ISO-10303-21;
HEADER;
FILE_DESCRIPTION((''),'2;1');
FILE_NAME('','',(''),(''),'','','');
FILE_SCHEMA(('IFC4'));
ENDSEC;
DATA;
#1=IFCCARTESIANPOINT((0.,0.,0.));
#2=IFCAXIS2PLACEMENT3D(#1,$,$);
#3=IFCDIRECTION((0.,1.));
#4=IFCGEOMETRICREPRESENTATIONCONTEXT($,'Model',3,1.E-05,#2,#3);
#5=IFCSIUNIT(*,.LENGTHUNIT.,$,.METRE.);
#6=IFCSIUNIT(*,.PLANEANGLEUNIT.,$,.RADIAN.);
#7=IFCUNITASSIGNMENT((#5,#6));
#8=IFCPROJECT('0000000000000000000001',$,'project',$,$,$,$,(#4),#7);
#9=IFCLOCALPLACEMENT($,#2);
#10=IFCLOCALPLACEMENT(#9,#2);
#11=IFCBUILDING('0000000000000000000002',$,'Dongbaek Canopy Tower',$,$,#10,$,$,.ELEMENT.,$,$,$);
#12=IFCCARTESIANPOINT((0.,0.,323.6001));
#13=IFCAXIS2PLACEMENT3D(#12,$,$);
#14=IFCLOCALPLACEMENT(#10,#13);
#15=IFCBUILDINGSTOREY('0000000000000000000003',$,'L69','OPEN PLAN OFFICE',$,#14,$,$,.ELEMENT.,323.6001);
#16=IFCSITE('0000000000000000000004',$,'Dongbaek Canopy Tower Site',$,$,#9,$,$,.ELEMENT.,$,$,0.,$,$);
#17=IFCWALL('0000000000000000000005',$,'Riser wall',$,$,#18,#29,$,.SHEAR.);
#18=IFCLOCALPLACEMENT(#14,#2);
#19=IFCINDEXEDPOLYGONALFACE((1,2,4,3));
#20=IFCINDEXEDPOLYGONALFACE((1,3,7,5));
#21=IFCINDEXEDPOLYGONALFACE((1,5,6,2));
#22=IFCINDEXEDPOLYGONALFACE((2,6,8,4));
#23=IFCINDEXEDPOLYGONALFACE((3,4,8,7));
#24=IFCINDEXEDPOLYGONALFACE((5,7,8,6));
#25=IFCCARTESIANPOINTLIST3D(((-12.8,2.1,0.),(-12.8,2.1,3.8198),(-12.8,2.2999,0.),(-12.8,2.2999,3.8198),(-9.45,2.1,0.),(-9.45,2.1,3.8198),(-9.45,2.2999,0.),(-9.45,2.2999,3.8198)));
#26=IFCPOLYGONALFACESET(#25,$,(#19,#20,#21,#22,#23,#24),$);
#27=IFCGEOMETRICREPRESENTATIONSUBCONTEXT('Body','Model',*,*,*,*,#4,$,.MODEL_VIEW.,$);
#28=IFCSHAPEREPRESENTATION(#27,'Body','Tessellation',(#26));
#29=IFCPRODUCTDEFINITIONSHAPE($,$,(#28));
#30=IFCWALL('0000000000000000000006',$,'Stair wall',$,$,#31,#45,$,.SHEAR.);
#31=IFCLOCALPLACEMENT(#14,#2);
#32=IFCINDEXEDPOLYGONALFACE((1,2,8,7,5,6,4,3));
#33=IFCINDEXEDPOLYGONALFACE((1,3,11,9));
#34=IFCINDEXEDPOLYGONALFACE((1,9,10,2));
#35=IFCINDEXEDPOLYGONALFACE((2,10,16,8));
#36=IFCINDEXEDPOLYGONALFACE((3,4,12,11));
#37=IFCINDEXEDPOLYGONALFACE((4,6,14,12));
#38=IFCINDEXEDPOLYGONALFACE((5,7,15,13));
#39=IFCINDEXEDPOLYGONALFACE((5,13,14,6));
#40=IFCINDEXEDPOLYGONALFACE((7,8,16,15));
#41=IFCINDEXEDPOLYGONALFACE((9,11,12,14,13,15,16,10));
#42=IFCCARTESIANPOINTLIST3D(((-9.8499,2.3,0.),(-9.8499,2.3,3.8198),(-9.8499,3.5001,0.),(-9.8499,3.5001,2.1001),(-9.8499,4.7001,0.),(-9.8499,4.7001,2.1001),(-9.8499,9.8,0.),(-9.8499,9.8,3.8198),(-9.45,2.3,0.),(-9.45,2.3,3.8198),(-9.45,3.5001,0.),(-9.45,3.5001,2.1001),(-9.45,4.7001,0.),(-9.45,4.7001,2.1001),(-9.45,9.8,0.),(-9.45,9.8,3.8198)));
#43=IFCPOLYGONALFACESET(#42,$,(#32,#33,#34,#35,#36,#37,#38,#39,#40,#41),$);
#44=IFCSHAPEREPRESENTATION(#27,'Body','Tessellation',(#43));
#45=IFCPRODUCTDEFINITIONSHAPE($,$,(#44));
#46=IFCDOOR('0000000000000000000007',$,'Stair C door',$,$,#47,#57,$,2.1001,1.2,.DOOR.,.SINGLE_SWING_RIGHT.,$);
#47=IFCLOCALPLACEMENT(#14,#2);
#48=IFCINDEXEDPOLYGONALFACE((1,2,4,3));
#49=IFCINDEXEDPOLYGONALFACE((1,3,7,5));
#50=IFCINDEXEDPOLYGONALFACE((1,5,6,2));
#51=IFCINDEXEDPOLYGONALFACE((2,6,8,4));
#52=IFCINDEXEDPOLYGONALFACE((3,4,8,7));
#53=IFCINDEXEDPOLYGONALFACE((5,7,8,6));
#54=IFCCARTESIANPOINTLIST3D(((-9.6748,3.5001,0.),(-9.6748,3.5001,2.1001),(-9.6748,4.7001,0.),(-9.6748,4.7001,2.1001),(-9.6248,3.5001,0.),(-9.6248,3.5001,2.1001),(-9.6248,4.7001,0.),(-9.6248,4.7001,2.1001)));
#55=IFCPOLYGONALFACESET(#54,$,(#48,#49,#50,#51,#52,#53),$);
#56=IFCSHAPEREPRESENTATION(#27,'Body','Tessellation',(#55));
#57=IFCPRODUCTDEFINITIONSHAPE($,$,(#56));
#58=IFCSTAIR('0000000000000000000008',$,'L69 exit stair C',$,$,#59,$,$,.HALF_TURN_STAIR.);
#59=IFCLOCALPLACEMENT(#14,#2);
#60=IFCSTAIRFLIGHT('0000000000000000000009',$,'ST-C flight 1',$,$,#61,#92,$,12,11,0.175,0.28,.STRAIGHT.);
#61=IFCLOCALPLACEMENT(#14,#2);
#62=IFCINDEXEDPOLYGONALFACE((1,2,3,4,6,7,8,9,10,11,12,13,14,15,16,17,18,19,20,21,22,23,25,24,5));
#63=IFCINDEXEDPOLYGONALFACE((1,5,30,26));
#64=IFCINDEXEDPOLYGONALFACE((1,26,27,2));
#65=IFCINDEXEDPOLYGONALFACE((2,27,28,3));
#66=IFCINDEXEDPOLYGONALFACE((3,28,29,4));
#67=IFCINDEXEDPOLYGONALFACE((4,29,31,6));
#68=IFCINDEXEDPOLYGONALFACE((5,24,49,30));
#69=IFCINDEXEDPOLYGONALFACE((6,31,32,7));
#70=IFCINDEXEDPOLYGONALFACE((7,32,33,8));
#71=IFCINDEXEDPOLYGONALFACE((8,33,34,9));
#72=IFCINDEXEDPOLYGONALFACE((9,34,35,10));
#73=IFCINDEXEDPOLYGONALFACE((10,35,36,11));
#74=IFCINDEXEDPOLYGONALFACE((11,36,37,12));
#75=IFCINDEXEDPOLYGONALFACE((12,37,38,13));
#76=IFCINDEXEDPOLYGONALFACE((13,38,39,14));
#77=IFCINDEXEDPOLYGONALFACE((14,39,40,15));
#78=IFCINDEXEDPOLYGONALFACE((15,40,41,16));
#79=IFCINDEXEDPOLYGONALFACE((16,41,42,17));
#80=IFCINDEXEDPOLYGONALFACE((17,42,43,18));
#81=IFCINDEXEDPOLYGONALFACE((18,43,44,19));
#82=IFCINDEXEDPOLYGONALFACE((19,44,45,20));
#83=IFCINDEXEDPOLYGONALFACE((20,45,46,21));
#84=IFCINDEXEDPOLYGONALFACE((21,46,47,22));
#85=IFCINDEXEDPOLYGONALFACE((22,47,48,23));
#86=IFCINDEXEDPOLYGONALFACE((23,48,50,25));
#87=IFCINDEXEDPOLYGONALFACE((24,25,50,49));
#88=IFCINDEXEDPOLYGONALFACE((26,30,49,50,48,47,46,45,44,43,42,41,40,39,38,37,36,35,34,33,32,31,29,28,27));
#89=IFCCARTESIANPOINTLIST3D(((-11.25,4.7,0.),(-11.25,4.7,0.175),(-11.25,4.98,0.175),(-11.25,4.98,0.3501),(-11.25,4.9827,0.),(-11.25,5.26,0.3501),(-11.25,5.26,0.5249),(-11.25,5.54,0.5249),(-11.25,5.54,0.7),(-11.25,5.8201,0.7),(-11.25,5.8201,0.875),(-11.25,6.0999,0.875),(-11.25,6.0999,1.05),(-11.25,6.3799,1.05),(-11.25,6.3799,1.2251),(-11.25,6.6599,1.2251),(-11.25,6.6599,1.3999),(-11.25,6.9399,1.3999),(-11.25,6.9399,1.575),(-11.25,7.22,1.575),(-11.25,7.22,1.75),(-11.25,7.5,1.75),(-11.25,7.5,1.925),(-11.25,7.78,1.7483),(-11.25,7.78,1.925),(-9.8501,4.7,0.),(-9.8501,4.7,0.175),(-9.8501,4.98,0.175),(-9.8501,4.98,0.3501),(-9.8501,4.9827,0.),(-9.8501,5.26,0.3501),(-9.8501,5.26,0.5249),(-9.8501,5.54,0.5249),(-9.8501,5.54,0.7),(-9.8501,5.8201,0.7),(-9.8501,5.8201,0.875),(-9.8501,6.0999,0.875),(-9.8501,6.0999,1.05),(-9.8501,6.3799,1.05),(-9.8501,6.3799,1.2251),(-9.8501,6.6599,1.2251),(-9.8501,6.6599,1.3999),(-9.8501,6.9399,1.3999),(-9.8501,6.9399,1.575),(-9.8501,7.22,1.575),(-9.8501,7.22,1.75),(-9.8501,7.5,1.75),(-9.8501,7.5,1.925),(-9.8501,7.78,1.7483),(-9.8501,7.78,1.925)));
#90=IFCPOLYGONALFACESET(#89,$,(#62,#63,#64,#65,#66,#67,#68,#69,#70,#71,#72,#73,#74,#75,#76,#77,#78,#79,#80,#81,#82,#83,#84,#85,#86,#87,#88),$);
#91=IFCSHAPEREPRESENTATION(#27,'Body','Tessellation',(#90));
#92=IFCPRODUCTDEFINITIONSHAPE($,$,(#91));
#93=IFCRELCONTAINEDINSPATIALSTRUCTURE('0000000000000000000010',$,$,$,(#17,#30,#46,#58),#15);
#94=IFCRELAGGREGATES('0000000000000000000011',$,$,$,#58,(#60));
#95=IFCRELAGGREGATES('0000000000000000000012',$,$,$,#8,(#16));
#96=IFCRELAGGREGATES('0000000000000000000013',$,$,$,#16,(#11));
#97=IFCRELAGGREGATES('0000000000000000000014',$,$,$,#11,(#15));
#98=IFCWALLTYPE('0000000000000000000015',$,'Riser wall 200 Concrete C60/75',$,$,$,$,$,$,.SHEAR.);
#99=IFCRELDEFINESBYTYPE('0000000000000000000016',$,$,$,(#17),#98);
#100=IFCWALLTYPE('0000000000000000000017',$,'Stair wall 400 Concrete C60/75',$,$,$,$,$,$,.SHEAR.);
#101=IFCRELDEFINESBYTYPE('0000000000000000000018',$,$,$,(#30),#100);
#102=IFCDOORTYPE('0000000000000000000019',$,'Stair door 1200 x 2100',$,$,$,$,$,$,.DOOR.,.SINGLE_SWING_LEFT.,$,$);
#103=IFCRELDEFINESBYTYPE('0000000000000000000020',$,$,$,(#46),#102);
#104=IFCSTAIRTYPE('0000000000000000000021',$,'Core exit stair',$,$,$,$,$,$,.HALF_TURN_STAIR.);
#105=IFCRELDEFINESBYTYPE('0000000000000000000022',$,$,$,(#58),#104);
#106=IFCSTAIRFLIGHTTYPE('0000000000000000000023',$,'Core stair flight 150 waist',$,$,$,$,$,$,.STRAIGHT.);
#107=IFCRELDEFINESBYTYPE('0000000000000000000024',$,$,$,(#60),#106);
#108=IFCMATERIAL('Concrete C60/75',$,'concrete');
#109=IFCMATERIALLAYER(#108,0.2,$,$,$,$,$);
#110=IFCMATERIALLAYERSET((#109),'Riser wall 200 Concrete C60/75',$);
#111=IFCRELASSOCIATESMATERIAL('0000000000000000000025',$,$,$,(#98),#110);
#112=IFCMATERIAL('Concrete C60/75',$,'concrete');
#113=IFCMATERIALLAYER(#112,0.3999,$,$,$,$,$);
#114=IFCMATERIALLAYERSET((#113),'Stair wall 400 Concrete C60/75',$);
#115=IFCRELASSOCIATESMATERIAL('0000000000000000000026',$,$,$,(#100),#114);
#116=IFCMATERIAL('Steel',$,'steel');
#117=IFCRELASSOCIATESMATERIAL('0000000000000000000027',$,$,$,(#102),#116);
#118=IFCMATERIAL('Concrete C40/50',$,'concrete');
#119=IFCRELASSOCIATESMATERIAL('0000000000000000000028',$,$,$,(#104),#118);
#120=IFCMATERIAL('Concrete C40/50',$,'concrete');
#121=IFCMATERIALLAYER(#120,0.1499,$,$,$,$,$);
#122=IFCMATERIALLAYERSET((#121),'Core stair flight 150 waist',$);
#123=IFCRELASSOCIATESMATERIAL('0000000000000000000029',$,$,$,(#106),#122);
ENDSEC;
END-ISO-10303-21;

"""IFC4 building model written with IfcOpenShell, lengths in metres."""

from ifc_helpers import new_model, si_unit, direction, frame, frame_2d, origin, place, context, subcontext, project, spatial, polyline, rectangle, outline, extrude, material, layer, layer_set, type_object, element, fill, aggregate, save


model = new_model("IFC4")

# Units and contexts
model_context = context("Model", 3, precision=1e-05, world=origin(), true_north=direction((0.0, 1.0)))
body_context = subcontext(model_context, "Body", "Model", "MODEL_VIEW")
ifc_project = project(units=[si_unit("LENGTHUNIT", "METRE"), si_unit("PLANEANGLEUNIT", "RADIAN")], contexts=[model_context])

# Site, building, storey
site_placement = place(None, origin())
site = spatial("IfcSite", under=ifc_project, at=site_placement, Name="Dongbaek Canopy Tower Site", CompositionType="ELEMENT", RefElevation=0.0)
building_placement = place(site_placement, origin())
building = spatial("IfcBuilding", under=site, at=building_placement, Name="Dongbaek Canopy Tower", CompositionType="ELEMENT")
storey_placement = place(building_placement, frame((0.0, 0.0, 323.6001)))
storey = spatial("IfcBuildingStorey", under=building, at=storey_placement, Name="L69", Description="OPEN PLAN OFFICE", CompositionType="ELEMENT", Elevation=323.6001)

# Wall
ifc_material_1 = material(Name="Concrete C60/75", Category="concrete")
ifc_layer_1 = layer(ifc_material_1, 0.2)
ifc_layer_set_1 = layer_set([ifc_layer_1], Name="Riser wall 200 Concrete C60/75")
wall_type_1 = type_object("IfcWallType", Name="Riser wall 200 Concrete C60/75", PredefinedType="SHEAR", material=ifc_layer_set_1)
wall_1_placement = place(storey_placement, frame((-9.45, 2.2, 0.0), z_axis=(0.0, 0.0, 1.0), x_axis=(-1.0, 0.0, 0.0)))
element("IfcWall", 1, at=wall_1_placement, inside=storey, type_object=wall_type_1, Name="Riser wall", PredefinedType="SHEAR", context=body_context, shape_type="SweptSolid", body=[
    extrude(rectangle(XDim=3.3501, YDim=0.2, at=frame_2d((1.675, 0.0))), origin(), (0.0, 0.0, 1.0), 3.8198),
])

# Wall, opening, door
ifc_material_2 = material(Name="Concrete C60/75", Category="concrete")
ifc_layer_2 = layer(ifc_material_2, 0.3999)
ifc_layer_set_2 = layer_set([ifc_layer_2], Name="Stair wall 400 Concrete C60/75")
wall_type_2 = type_object("IfcWallType", Name="Stair wall 400 Concrete C60/75", PredefinedType="SHEAR", material=ifc_layer_set_2)
wall_2_placement = place(storey_placement, frame((-9.6499, 2.3, 0.0), z_axis=(0.0, 0.0, 1.0), x_axis=(0.0, 1.0, 0.0)))
wall_2 = element("IfcWall", 2, at=wall_2_placement, inside=storey, type_object=wall_type_2, Name="Stair wall", PredefinedType="SHEAR", context=body_context, shape_type="SweptSolid", body=[
    extrude(rectangle(XDim=7.5, YDim=0.3999, at=frame_2d((3.75, 0.0))), origin(), (0.0, 0.0, 1.0), 3.8198),
])
opening_1_placement = place(wall_2_placement, frame((1.2, 0.0, 0.0)))
opening_1 = element("IfcOpeningElement", 3, at=opening_1_placement, cuts=wall_2, PredefinedType="OPENING", context=body_context, shape_type="SweptSolid", body=[
    extrude(rectangle(XDim=1.2, YDim=2.1001, at=frame_2d((0.6001, 1.05))), frame((0.0, 0.21, 0.0), z_axis=(0.0, -1.0, 0.0), x_axis=(1.0, 0.0, 0.0)), (0.0, 0.0, 1.0), 0.4199),
])
ifc_material_3 = material(Name="Steel", Category="steel")
door_type_1 = type_object("IfcDoorType", Name="Stair door 1200 x 2100", OperationType="SINGLE_SWING_LEFT", PredefinedType="DOOR", material=ifc_material_3)
door_1_placement = place(opening_1_placement, origin())
door_1 = element("IfcDoor", 4, at=door_1_placement, inside=storey, type_object=door_type_1, Name="Stair C door", OperationType="SINGLE_SWING_RIGHT", OverallHeight=2.1001, OverallWidth=1.2, PredefinedType="DOOR", context=body_context, shape_type="SweptSolid", body=[
    extrude(rectangle(XDim=1.2, YDim=2.1001, at=frame_2d((0.6001, 1.05))), frame((0.0, 0.0249, 0.0), z_axis=(0.0, -1.0, 0.0), x_axis=(1.0, 0.0, 0.0)), (0.0, 0.0, 1.0), 0.05),
])
fill(opening_1, door_1)

# Stair, stair flight
ifc_material_4 = material(Name="Concrete C40/50", Category="concrete")
stair_type = type_object("IfcStairType", Name="Core exit stair", PredefinedType="HALF_TURN_STAIR", material=ifc_material_4)
stair_placement = place(storey_placement, origin())
stair = element("IfcStair", 5, at=stair_placement, inside=storey, type_object=stair_type, Name="L69 exit stair C", PredefinedType="HALF_TURN_STAIR")
ifc_material_5 = material(Name="Concrete C40/50", Category="concrete")
ifc_layer_3 = layer(ifc_material_5, 0.1499)
ifc_layer_set_3 = layer_set([ifc_layer_3], Name="Core stair flight 150 waist")
stair_flight_type = type_object("IfcStairFlightType", Name="Core stair flight 150 waist", PredefinedType="STRAIGHT", material=ifc_layer_set_3)
stair_flight_placement = place(storey_placement, frame((-10.55, 4.7, 0.0), z_axis=(0.0, 0.0, 1.0), x_axis=(0.0, 1.0, 0.0)))
stair_flight = element("IfcStairFlight", 6, at=stair_flight_placement, type_object=stair_flight_type, Name="ST-C flight 1", NumberOfRisers=12, NumberOfTreads=11, PredefinedType="STRAIGHT", RiserHeight=0.175, TreadLength=0.28, context=body_context, shape_type="SweptSolid", body=[
    extrude(outline(polyline([(0.0, 0.0), (0.0, 0.175), (0.28, 0.175), (0.28, 0.3501), (0.5601, 0.3501), (0.5601, 0.5249), (0.8401, 0.5249), (0.8401, 0.7), (1.1201, 0.7), (1.1201, 0.875), (1.3999, 0.875), (1.3999, 1.05), (1.6799, 1.05), (1.6799, 1.2251), (1.96, 1.2251), (1.96, 1.3999), (2.24, 1.3999), (2.24, 1.575), (2.52, 1.575), (2.52, 1.75), (2.8, 1.75), (2.8, 1.925), (3.0801, 1.925), (3.0801, 2.1001), (3.0801, 1.7483), (0.2827, 0.0), (0.0, 0.0)])), frame((0.0, 0.7, 0.0), z_axis=(0.0, -1.0, 0.0), x_axis=(1.0, 0.0, 0.0)), (0.0, 0.0, 1.0), 1.3999),
])
aggregate(stair, [stair_flight])

save(model, "model.ifc")
